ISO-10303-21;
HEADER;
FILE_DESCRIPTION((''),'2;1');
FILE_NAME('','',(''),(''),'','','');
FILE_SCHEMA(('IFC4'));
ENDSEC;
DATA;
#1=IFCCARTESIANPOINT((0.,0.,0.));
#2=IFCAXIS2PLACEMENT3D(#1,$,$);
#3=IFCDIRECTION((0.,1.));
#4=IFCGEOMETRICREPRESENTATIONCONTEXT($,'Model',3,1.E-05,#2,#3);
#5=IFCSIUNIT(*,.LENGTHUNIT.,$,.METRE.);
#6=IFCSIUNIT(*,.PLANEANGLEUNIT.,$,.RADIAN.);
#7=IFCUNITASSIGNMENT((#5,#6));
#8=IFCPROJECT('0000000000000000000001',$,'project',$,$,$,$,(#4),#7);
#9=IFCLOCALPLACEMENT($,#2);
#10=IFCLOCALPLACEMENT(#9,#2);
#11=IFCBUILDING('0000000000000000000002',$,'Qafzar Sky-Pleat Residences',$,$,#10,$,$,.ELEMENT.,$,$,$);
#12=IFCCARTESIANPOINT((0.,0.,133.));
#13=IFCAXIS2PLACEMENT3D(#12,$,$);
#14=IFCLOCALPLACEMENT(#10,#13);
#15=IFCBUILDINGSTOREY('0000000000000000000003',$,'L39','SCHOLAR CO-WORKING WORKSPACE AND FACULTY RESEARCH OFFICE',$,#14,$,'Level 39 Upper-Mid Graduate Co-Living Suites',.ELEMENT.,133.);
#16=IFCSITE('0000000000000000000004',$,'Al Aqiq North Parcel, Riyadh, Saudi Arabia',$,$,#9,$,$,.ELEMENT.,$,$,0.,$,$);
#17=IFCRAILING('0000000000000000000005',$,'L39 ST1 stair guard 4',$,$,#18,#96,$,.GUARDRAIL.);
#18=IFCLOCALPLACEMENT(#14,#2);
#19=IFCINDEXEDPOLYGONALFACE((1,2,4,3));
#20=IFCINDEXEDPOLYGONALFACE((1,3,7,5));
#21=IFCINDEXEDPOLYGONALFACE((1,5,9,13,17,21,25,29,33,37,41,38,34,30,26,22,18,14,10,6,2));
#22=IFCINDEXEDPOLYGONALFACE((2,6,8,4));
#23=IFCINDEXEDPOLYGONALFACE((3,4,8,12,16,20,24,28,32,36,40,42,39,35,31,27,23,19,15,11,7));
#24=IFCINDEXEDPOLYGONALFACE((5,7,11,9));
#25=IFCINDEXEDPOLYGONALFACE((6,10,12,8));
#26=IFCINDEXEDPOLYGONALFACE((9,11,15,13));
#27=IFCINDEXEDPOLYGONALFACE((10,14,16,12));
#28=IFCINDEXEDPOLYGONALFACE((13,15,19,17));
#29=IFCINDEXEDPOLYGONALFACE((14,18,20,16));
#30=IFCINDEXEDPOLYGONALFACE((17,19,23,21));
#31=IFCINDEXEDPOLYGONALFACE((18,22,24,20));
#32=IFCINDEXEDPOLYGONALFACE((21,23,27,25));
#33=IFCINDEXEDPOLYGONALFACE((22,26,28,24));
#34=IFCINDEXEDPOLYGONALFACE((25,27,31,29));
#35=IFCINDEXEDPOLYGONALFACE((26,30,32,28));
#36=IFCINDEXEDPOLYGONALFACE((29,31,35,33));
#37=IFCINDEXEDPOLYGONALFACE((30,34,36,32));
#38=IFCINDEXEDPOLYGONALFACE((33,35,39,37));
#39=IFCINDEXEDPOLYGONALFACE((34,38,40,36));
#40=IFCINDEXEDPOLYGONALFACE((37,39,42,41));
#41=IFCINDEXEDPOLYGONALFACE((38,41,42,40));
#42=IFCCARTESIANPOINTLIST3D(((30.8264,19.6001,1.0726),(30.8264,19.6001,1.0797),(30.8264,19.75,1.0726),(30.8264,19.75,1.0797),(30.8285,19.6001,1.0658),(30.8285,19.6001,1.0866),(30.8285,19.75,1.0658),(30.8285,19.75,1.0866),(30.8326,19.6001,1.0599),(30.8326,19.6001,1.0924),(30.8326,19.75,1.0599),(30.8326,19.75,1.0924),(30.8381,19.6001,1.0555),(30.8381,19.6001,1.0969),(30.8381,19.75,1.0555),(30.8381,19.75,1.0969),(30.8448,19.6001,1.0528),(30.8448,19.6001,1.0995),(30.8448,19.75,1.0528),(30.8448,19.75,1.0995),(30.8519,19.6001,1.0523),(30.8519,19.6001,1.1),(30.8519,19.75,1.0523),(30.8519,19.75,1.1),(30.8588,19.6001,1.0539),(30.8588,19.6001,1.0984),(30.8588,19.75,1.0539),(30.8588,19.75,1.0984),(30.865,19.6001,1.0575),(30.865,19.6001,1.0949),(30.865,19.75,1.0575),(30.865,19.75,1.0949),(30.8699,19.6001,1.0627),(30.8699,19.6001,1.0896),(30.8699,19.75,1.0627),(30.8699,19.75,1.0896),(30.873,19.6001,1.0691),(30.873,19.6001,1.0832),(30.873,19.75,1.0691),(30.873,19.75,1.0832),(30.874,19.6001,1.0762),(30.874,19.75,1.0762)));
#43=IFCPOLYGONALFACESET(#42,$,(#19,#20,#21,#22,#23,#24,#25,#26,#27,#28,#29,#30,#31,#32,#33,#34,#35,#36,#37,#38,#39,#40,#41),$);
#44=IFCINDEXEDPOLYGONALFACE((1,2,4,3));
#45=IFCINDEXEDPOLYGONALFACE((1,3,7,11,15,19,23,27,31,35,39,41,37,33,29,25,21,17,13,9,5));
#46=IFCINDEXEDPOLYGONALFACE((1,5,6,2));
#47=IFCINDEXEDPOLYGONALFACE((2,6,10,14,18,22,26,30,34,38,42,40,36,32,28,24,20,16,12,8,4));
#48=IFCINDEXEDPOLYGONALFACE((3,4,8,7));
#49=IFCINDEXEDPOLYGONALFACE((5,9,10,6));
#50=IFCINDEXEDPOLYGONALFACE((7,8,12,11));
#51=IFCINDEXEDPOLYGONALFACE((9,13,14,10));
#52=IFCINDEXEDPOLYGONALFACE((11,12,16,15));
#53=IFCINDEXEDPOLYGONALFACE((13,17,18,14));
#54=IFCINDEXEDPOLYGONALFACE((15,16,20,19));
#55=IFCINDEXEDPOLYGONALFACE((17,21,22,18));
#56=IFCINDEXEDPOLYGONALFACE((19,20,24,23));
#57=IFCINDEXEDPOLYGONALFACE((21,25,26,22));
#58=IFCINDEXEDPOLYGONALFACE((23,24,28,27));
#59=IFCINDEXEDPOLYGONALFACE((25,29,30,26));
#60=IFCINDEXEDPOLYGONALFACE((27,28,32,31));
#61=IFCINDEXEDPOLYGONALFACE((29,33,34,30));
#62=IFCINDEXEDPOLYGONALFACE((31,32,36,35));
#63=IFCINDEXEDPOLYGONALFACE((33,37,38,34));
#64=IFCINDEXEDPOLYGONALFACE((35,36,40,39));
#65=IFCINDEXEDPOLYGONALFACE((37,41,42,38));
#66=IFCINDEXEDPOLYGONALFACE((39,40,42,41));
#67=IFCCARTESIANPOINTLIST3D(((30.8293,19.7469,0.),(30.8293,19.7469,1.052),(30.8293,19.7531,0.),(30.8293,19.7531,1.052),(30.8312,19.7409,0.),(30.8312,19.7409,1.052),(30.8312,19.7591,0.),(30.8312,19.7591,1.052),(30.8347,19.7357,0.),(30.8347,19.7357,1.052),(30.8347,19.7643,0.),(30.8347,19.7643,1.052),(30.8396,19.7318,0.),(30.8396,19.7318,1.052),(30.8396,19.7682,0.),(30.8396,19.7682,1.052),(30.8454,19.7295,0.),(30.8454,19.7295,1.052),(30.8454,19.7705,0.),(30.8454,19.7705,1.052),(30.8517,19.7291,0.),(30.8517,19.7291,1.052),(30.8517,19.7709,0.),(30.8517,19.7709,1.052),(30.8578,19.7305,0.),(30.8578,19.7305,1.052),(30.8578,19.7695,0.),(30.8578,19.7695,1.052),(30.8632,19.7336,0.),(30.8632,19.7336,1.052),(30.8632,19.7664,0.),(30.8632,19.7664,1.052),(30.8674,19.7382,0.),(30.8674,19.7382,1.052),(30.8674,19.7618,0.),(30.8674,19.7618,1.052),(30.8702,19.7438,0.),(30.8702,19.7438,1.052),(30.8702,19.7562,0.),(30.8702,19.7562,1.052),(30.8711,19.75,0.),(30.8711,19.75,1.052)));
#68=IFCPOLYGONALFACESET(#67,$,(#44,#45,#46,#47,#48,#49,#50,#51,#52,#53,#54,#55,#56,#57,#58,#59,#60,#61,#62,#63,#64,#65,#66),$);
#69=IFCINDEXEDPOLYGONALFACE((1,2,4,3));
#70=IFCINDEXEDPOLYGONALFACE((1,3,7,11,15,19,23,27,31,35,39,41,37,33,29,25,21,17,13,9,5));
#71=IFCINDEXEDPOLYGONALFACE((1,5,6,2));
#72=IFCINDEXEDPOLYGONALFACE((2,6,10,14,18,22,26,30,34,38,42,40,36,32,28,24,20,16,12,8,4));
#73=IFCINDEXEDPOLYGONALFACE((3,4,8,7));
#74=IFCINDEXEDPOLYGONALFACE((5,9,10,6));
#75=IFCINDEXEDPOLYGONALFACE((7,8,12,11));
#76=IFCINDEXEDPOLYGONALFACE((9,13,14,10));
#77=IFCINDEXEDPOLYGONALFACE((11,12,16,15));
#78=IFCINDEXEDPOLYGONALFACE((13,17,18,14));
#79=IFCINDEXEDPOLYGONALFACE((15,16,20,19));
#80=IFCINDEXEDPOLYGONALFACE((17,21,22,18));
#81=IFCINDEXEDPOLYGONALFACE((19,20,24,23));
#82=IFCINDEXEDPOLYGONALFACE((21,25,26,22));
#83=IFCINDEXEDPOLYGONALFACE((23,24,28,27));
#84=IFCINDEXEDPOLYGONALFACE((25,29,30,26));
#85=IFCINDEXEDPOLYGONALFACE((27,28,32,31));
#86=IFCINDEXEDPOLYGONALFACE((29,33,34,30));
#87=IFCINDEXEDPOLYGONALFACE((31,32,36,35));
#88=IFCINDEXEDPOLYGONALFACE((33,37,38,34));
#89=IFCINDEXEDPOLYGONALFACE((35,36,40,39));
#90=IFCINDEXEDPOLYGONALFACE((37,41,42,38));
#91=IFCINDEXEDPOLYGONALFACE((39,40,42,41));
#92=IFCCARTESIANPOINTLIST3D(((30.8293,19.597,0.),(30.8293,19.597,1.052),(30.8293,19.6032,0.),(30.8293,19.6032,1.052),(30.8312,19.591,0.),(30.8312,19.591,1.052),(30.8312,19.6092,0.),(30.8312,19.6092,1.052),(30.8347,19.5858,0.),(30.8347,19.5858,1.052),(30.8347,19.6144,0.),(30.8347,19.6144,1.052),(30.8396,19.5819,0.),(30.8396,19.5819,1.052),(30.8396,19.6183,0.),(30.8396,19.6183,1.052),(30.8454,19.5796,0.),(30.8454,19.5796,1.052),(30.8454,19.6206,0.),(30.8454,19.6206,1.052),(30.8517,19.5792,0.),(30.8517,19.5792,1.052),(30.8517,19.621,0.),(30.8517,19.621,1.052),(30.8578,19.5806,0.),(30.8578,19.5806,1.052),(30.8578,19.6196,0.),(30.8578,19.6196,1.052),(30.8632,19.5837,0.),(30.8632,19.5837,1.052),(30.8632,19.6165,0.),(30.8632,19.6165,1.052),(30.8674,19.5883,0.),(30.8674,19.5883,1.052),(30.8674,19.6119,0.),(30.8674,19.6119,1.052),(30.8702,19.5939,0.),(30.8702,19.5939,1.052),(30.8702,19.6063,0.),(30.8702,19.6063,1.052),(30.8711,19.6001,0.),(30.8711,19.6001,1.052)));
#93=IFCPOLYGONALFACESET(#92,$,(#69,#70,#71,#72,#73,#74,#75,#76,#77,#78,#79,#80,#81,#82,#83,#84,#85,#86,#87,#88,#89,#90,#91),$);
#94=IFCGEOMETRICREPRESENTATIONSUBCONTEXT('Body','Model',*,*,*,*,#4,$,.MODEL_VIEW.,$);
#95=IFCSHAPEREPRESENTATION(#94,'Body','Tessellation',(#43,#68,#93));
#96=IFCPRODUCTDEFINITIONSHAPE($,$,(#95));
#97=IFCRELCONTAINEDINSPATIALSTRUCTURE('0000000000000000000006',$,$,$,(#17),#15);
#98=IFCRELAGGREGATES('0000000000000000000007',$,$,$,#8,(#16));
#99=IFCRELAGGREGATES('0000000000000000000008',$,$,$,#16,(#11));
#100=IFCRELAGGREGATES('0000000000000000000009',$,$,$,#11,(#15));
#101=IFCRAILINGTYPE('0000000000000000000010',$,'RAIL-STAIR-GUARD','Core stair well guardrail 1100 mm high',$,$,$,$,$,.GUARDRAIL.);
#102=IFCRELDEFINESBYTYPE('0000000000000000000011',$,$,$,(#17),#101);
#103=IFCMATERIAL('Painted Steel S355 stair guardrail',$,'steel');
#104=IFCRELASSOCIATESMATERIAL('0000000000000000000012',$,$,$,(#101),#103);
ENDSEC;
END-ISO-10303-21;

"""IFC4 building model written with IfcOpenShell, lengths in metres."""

from ifc_helpers import new_model, si_unit, direction, frame, origin, origin_2d, place, context, subcontext, project, spatial, circle, extrude, source, transform, mapped, material, type_object, element, save


model = new_model("IFC4")

# Units and contexts
model_context = context("Model", 3, precision=1e-05, world=origin(), true_north=direction((0.0, 1.0)))
body_context = subcontext(model_context, "Body", "Model", "MODEL_VIEW")
ifc_project = project(units=[si_unit("LENGTHUNIT", "METRE"), si_unit("PLANEANGLEUNIT", "RADIAN")], contexts=[model_context])

# Site, building, storey
site_placement = place(None, origin())
site = spatial("IfcSite", under=ifc_project, at=site_placement, Name="Al Aqiq North Parcel, Riyadh, Saudi Arabia", CompositionType="ELEMENT", RefElevation=0.0)
building_placement = place(site_placement, origin())
building = spatial("IfcBuilding", under=site, at=building_placement, Name="Qafzar Sky-Pleat Residences", CompositionType="ELEMENT")
storey_placement = place(building_placement, frame((0.0, 0.0, 133.0)))
storey = spatial("IfcBuildingStorey", under=building, at=storey_placement, Name="L39", Description="SCHOLAR CO-WORKING WORKSPACE AND FACULTY RESEARCH OFFICE", LongName="Level 39 Upper-Mid Graduate Co-Living Suites", CompositionType="ELEMENT", Elevation=133.0)

# Railing
ifc_material_1 = material(Name="Painted Steel S355 stair guardrail", Category="steel")
railing_type_1 = type_object("IfcRailingType", Name="RAIL-STAIR-GUARD", Description="Core stair well guardrail 1100 mm high", PredefinedType="GUARDRAIL", material=ifc_material_1)
shared_shape_1 = source(origin(), body_context, "Body", "SweptSolid", [
    extrude(circle(Radius=0.0239, at=origin_2d()), frame((0.0, 0.0, 1.0762), z_axis=(0.0, -1.0, 0.0), x_axis=(1.0, 0.0, 0.0)), (0.0, 0.0, 1.0), 0.1499),
    extrude(circle(Radius=0.021, at=origin_2d()), origin(), (0.0, 0.0, 1.0), 1.052),
    extrude(circle(Radius=0.021, at=origin_2d()), frame((0.0, -0.1499, 0.0)), (0.0, 0.0, 1.0), 1.052),
])
for number, where, name in (
    (1, (30.8501, 19.75, 0.0), "L39 ST1 stair guard 4"),
):
    element("IfcRailing", number, at=place(storey_placement, frame(where)), inside=storey, type_object=railing_type_1, Name=name, PredefinedType="GUARDRAIL", context=body_context, shape_type="MappedRepresentation", body=[
        mapped(shared_shape_1, transform((0.0, 0.0, 0.0), x_axis=(1.0, 0.0, 0.0), y_axis=(0.0, 1.0, 0.0), z_axis=(0.0, 0.0, 1.0), scale=1.0)),
    ])

save(model, "model.ifc")
